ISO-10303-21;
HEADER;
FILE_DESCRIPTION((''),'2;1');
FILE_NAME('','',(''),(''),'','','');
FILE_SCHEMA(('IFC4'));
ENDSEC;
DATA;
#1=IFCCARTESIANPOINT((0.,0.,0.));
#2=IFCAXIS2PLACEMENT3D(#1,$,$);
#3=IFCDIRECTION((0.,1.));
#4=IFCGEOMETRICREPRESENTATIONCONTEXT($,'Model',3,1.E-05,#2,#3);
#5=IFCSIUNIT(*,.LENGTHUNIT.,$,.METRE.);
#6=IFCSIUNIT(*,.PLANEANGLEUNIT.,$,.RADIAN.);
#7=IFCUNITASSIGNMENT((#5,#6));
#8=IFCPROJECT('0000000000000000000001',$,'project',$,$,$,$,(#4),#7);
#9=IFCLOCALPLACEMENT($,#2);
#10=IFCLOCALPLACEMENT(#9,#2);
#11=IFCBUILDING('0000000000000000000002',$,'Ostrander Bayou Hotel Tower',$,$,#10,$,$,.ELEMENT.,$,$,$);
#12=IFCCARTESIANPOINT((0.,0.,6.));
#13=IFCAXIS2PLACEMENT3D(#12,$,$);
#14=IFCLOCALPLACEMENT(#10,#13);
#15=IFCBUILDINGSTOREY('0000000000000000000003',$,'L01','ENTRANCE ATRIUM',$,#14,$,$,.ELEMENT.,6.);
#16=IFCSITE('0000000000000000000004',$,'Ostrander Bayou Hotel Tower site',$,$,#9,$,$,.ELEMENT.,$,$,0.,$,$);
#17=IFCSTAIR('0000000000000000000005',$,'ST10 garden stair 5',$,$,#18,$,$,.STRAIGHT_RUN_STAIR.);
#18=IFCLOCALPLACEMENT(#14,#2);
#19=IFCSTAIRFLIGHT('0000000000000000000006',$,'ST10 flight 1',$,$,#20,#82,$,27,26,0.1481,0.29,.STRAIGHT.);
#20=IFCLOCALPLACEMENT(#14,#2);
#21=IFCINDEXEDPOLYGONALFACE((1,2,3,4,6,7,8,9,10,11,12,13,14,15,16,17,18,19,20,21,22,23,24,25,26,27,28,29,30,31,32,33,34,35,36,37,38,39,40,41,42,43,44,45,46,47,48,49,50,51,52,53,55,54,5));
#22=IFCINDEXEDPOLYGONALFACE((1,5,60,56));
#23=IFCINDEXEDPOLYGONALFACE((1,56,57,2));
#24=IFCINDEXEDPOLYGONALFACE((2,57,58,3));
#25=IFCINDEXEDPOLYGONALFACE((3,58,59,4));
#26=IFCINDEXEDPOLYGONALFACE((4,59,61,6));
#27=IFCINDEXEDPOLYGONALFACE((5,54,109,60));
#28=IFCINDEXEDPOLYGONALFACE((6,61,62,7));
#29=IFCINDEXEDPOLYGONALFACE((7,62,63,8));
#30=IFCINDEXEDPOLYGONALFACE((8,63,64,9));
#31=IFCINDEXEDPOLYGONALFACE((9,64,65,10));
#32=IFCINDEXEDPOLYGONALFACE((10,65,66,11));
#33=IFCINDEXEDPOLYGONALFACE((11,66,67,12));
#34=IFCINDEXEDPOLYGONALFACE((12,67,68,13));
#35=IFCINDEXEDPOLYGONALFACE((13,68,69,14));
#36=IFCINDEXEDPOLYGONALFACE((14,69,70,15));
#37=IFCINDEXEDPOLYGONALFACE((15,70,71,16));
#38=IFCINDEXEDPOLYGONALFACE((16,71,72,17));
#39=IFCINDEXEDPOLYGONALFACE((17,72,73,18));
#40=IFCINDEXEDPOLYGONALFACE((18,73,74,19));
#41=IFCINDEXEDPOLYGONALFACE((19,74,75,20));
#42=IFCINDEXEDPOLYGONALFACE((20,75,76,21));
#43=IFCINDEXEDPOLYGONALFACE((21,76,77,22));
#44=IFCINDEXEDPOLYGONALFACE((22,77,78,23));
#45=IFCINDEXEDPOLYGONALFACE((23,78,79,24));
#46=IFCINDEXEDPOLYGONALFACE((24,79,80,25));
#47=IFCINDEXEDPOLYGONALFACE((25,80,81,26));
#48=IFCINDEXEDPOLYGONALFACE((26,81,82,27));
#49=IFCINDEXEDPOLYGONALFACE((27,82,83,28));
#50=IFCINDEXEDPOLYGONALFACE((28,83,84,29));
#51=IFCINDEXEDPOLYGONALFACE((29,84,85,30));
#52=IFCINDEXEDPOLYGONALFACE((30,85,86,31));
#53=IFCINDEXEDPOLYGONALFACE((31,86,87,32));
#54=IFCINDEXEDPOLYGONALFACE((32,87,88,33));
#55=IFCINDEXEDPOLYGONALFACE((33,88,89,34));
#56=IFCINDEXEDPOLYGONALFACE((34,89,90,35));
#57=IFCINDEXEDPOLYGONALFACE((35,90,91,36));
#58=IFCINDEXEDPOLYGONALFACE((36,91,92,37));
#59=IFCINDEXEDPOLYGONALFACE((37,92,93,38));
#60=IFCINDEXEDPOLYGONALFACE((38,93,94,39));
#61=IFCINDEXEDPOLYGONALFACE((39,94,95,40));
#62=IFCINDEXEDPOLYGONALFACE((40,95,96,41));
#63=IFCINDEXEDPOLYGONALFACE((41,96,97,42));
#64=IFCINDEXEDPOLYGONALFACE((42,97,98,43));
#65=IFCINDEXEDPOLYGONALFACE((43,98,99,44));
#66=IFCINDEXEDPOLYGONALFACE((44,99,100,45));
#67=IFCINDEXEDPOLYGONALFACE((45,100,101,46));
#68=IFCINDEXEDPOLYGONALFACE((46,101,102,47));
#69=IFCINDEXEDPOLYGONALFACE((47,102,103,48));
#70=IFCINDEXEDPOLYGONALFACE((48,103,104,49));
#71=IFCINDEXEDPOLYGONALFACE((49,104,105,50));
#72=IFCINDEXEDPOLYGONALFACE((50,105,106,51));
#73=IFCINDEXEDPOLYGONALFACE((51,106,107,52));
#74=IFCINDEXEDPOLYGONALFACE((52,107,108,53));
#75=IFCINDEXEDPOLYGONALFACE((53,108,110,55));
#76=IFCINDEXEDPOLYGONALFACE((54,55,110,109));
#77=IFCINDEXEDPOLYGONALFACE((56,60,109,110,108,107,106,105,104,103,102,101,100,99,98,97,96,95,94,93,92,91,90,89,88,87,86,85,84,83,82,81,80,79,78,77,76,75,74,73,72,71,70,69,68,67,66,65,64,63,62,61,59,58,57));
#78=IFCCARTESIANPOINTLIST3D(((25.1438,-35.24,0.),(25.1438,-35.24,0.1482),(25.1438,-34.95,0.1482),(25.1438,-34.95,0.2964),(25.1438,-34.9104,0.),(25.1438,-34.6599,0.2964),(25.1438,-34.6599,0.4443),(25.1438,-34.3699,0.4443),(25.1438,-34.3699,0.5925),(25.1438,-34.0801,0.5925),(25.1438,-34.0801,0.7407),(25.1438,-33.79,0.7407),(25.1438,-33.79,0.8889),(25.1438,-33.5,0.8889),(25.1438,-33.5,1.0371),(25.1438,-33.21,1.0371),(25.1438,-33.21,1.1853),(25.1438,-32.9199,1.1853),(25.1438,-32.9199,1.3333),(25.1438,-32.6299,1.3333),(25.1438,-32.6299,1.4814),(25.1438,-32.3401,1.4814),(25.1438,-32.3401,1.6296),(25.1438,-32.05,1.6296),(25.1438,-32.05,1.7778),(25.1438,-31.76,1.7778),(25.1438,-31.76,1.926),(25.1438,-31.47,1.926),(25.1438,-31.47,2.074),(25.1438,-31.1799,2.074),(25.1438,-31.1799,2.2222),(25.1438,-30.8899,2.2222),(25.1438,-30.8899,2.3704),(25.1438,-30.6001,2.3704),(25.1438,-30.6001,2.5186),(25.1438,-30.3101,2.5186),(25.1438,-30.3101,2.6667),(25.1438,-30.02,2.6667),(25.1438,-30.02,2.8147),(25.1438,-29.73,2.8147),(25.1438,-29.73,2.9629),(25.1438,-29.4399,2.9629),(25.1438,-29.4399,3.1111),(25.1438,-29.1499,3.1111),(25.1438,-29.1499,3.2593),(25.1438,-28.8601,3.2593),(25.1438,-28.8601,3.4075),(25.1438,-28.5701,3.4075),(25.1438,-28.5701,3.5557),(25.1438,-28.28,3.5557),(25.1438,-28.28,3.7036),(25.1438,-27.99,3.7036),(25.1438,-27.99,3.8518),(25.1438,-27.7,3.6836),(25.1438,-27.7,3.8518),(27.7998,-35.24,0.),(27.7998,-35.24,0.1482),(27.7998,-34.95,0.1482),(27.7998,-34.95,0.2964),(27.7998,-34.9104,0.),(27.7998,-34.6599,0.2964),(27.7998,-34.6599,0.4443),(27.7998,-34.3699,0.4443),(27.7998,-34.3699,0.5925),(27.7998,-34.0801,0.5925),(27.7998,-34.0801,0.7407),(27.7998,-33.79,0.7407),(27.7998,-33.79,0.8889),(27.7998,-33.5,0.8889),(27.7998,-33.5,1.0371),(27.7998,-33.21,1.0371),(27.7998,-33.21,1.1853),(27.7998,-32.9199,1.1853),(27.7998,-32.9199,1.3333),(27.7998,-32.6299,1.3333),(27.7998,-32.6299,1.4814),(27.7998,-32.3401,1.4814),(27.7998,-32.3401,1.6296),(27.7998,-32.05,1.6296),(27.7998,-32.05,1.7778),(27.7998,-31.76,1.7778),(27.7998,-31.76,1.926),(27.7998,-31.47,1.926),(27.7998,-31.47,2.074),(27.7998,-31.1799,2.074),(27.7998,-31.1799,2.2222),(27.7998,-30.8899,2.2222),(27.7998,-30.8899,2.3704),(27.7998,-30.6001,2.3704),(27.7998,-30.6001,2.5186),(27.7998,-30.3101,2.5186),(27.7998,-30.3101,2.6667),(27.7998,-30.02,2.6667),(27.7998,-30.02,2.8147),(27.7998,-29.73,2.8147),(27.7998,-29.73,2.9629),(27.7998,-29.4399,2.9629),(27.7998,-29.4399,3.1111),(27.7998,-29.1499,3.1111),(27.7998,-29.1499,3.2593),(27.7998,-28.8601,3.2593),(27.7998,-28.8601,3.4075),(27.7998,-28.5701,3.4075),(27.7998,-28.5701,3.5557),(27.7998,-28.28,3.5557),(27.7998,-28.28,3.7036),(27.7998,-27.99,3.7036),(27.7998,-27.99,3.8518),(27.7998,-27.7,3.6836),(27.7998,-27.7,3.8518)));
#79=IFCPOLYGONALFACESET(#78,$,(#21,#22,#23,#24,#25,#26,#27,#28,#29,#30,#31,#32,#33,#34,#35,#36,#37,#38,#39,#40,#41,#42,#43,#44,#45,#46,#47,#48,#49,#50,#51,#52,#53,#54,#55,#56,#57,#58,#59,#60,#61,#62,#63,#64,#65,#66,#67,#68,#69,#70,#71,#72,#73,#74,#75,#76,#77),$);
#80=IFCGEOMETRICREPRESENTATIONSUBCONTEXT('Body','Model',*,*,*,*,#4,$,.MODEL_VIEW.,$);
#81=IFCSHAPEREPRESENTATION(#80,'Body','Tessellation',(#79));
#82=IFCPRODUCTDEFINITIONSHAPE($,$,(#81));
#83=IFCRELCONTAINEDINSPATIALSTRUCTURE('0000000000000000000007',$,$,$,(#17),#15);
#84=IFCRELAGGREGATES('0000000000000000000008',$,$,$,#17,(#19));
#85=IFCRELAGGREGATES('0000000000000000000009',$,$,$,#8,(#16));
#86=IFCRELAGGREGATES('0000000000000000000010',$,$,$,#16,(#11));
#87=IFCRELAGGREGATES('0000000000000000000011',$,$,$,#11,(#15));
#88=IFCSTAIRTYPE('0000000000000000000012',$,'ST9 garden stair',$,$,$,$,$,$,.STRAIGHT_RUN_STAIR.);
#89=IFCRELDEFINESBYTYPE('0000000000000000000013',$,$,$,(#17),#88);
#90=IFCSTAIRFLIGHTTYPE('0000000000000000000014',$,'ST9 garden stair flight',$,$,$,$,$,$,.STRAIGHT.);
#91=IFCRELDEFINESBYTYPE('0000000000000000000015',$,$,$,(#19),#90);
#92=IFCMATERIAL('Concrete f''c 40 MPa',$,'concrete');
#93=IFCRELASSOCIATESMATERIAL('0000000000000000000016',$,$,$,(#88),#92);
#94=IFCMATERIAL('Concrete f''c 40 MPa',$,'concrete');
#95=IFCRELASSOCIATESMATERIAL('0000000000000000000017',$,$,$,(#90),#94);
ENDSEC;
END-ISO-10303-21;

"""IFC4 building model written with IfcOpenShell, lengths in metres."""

from ifc_helpers import new_model, si_unit, direction, frame, origin, place, context, subcontext, project, spatial, polyline, outline, extrude, material, type_object, element, aggregate, save


model = new_model("IFC4")

# Units and contexts
model_context = context("Model", 3, precision=1e-05, world=origin(), true_north=direction((0.0, 1.0)))
body_context = subcontext(model_context, "Body", "Model", "MODEL_VIEW")
ifc_project = project(units=[si_unit("LENGTHUNIT", "METRE"), si_unit("PLANEANGLEUNIT", "RADIAN")], contexts=[model_context])

# Site, building, storey
site_placement = place(None, origin())
site = spatial("IfcSite", under=ifc_project, at=site_placement, Name="Ostrander Bayou Hotel Tower site", CompositionType="ELEMENT", RefElevation=0.0)
building_placement = place(site_placement, origin())
building = spatial("IfcBuilding", under=site, at=building_placement, Name="Ostrander Bayou Hotel Tower", CompositionType="ELEMENT")
storey_placement = place(building_placement, frame((0.0, 0.0, 6.0)))
storey = spatial("IfcBuildingStorey", under=building, at=storey_placement, Name="L01", Description="ENTRANCE ATRIUM", CompositionType="ELEMENT", Elevation=6.0)

# Stair, stair flight
ifc_material_1 = material(Name="Concrete f'c 40 MPa", Category="concrete")
stair_type = type_object("IfcStairType", Name="ST9 garden stair", PredefinedType="STRAIGHT_RUN_STAIR", material=ifc_material_1)
ifc_material_2 = material(Name="Concrete f'c 40 MPa", Category="concrete")
stair_flight_type = type_object("IfcStairFlightType", Name="ST9 garden stair flight", PredefinedType="STRAIGHT", material=ifc_material_2)
stair_1_placement = place(storey_placement, origin())
stair_1 = element("IfcStair", 1, at=stair_1_placement, inside=storey, type_object=stair_type, Name="ST10 garden stair 5", PredefinedType="STRAIGHT_RUN_STAIR")
stair_flight_1_placement = place(storey_placement, frame((26.4719, -35.24, 0.0), z_axis=(0.0, 0.0, 1.0), x_axis=(0.0, 1.0, 0.0)))
stair_flight_1 = element("IfcStairFlight", 2, at=stair_flight_1_placement, type_object=stair_flight_type, Name="ST10 flight 1", NumberOfRisers=27, NumberOfTreads=26, PredefinedType="STRAIGHT", RiserHeight=0.1481, TreadLength=0.29, context=body_context, shape_type="SweptSolid", body=[
    extrude(outline(polyline([(0.0, 0.0), (0.0, 0.1482), (0.29, 0.1482), (0.29, 0.2964), (0.5801, 0.2964), (0.5801, 0.4443), (0.8701, 0.4443), (0.8701, 0.5925), (1.1599, 0.5925), (1.1599, 0.7407), (1.45, 0.7407), (1.45, 0.8889), (1.74, 0.8889), (1.74, 1.0371), (2.03, 1.0371), (2.03, 1.1853), (2.3201, 1.1853), (2.3201, 1.3333), (2.6101, 1.3333), (2.6101, 1.4814), (2.8999, 1.4814), (2.8999, 1.6296), (3.1899, 1.6296), (3.1899, 1.7778), (3.48, 1.7778), (3.48, 1.926), (3.77, 1.926), (3.77, 2.074), (4.0601, 2.074), (4.0601, 2.2222), (4.3501, 2.2222), (4.3501, 2.3704), (4.6399, 2.3704), (4.6399, 2.5186), (4.9299, 2.5186), (4.9299, 2.6667), (5.22, 2.6667), (5.22, 2.8147), (5.51, 2.8147), (5.51, 2.9629), (5.8, 2.9629), (5.8, 3.1111), (6.0901, 3.1111), (6.0901, 3.2593), (6.3799, 3.2593), (6.3799, 3.4075), (6.6699, 3.4075), (6.6699, 3.5557), (6.96, 3.5557), (6.96, 3.7036), (7.25, 3.7036), (7.25, 3.8518), (7.54, 3.8518), (7.54, 4.0), (7.54, 3.6836), (0.3296, 0.0), (0.0, 0.0)])), frame((0.0, 1.3281, 0.0), z_axis=(0.0, -1.0, 0.0), x_axis=(1.0, 0.0, 0.0)), (0.0, 0.0, 1.0), 2.656),
])
aggregate(stair_1, [stair_flight_1])

save(model, "model.ifc")
